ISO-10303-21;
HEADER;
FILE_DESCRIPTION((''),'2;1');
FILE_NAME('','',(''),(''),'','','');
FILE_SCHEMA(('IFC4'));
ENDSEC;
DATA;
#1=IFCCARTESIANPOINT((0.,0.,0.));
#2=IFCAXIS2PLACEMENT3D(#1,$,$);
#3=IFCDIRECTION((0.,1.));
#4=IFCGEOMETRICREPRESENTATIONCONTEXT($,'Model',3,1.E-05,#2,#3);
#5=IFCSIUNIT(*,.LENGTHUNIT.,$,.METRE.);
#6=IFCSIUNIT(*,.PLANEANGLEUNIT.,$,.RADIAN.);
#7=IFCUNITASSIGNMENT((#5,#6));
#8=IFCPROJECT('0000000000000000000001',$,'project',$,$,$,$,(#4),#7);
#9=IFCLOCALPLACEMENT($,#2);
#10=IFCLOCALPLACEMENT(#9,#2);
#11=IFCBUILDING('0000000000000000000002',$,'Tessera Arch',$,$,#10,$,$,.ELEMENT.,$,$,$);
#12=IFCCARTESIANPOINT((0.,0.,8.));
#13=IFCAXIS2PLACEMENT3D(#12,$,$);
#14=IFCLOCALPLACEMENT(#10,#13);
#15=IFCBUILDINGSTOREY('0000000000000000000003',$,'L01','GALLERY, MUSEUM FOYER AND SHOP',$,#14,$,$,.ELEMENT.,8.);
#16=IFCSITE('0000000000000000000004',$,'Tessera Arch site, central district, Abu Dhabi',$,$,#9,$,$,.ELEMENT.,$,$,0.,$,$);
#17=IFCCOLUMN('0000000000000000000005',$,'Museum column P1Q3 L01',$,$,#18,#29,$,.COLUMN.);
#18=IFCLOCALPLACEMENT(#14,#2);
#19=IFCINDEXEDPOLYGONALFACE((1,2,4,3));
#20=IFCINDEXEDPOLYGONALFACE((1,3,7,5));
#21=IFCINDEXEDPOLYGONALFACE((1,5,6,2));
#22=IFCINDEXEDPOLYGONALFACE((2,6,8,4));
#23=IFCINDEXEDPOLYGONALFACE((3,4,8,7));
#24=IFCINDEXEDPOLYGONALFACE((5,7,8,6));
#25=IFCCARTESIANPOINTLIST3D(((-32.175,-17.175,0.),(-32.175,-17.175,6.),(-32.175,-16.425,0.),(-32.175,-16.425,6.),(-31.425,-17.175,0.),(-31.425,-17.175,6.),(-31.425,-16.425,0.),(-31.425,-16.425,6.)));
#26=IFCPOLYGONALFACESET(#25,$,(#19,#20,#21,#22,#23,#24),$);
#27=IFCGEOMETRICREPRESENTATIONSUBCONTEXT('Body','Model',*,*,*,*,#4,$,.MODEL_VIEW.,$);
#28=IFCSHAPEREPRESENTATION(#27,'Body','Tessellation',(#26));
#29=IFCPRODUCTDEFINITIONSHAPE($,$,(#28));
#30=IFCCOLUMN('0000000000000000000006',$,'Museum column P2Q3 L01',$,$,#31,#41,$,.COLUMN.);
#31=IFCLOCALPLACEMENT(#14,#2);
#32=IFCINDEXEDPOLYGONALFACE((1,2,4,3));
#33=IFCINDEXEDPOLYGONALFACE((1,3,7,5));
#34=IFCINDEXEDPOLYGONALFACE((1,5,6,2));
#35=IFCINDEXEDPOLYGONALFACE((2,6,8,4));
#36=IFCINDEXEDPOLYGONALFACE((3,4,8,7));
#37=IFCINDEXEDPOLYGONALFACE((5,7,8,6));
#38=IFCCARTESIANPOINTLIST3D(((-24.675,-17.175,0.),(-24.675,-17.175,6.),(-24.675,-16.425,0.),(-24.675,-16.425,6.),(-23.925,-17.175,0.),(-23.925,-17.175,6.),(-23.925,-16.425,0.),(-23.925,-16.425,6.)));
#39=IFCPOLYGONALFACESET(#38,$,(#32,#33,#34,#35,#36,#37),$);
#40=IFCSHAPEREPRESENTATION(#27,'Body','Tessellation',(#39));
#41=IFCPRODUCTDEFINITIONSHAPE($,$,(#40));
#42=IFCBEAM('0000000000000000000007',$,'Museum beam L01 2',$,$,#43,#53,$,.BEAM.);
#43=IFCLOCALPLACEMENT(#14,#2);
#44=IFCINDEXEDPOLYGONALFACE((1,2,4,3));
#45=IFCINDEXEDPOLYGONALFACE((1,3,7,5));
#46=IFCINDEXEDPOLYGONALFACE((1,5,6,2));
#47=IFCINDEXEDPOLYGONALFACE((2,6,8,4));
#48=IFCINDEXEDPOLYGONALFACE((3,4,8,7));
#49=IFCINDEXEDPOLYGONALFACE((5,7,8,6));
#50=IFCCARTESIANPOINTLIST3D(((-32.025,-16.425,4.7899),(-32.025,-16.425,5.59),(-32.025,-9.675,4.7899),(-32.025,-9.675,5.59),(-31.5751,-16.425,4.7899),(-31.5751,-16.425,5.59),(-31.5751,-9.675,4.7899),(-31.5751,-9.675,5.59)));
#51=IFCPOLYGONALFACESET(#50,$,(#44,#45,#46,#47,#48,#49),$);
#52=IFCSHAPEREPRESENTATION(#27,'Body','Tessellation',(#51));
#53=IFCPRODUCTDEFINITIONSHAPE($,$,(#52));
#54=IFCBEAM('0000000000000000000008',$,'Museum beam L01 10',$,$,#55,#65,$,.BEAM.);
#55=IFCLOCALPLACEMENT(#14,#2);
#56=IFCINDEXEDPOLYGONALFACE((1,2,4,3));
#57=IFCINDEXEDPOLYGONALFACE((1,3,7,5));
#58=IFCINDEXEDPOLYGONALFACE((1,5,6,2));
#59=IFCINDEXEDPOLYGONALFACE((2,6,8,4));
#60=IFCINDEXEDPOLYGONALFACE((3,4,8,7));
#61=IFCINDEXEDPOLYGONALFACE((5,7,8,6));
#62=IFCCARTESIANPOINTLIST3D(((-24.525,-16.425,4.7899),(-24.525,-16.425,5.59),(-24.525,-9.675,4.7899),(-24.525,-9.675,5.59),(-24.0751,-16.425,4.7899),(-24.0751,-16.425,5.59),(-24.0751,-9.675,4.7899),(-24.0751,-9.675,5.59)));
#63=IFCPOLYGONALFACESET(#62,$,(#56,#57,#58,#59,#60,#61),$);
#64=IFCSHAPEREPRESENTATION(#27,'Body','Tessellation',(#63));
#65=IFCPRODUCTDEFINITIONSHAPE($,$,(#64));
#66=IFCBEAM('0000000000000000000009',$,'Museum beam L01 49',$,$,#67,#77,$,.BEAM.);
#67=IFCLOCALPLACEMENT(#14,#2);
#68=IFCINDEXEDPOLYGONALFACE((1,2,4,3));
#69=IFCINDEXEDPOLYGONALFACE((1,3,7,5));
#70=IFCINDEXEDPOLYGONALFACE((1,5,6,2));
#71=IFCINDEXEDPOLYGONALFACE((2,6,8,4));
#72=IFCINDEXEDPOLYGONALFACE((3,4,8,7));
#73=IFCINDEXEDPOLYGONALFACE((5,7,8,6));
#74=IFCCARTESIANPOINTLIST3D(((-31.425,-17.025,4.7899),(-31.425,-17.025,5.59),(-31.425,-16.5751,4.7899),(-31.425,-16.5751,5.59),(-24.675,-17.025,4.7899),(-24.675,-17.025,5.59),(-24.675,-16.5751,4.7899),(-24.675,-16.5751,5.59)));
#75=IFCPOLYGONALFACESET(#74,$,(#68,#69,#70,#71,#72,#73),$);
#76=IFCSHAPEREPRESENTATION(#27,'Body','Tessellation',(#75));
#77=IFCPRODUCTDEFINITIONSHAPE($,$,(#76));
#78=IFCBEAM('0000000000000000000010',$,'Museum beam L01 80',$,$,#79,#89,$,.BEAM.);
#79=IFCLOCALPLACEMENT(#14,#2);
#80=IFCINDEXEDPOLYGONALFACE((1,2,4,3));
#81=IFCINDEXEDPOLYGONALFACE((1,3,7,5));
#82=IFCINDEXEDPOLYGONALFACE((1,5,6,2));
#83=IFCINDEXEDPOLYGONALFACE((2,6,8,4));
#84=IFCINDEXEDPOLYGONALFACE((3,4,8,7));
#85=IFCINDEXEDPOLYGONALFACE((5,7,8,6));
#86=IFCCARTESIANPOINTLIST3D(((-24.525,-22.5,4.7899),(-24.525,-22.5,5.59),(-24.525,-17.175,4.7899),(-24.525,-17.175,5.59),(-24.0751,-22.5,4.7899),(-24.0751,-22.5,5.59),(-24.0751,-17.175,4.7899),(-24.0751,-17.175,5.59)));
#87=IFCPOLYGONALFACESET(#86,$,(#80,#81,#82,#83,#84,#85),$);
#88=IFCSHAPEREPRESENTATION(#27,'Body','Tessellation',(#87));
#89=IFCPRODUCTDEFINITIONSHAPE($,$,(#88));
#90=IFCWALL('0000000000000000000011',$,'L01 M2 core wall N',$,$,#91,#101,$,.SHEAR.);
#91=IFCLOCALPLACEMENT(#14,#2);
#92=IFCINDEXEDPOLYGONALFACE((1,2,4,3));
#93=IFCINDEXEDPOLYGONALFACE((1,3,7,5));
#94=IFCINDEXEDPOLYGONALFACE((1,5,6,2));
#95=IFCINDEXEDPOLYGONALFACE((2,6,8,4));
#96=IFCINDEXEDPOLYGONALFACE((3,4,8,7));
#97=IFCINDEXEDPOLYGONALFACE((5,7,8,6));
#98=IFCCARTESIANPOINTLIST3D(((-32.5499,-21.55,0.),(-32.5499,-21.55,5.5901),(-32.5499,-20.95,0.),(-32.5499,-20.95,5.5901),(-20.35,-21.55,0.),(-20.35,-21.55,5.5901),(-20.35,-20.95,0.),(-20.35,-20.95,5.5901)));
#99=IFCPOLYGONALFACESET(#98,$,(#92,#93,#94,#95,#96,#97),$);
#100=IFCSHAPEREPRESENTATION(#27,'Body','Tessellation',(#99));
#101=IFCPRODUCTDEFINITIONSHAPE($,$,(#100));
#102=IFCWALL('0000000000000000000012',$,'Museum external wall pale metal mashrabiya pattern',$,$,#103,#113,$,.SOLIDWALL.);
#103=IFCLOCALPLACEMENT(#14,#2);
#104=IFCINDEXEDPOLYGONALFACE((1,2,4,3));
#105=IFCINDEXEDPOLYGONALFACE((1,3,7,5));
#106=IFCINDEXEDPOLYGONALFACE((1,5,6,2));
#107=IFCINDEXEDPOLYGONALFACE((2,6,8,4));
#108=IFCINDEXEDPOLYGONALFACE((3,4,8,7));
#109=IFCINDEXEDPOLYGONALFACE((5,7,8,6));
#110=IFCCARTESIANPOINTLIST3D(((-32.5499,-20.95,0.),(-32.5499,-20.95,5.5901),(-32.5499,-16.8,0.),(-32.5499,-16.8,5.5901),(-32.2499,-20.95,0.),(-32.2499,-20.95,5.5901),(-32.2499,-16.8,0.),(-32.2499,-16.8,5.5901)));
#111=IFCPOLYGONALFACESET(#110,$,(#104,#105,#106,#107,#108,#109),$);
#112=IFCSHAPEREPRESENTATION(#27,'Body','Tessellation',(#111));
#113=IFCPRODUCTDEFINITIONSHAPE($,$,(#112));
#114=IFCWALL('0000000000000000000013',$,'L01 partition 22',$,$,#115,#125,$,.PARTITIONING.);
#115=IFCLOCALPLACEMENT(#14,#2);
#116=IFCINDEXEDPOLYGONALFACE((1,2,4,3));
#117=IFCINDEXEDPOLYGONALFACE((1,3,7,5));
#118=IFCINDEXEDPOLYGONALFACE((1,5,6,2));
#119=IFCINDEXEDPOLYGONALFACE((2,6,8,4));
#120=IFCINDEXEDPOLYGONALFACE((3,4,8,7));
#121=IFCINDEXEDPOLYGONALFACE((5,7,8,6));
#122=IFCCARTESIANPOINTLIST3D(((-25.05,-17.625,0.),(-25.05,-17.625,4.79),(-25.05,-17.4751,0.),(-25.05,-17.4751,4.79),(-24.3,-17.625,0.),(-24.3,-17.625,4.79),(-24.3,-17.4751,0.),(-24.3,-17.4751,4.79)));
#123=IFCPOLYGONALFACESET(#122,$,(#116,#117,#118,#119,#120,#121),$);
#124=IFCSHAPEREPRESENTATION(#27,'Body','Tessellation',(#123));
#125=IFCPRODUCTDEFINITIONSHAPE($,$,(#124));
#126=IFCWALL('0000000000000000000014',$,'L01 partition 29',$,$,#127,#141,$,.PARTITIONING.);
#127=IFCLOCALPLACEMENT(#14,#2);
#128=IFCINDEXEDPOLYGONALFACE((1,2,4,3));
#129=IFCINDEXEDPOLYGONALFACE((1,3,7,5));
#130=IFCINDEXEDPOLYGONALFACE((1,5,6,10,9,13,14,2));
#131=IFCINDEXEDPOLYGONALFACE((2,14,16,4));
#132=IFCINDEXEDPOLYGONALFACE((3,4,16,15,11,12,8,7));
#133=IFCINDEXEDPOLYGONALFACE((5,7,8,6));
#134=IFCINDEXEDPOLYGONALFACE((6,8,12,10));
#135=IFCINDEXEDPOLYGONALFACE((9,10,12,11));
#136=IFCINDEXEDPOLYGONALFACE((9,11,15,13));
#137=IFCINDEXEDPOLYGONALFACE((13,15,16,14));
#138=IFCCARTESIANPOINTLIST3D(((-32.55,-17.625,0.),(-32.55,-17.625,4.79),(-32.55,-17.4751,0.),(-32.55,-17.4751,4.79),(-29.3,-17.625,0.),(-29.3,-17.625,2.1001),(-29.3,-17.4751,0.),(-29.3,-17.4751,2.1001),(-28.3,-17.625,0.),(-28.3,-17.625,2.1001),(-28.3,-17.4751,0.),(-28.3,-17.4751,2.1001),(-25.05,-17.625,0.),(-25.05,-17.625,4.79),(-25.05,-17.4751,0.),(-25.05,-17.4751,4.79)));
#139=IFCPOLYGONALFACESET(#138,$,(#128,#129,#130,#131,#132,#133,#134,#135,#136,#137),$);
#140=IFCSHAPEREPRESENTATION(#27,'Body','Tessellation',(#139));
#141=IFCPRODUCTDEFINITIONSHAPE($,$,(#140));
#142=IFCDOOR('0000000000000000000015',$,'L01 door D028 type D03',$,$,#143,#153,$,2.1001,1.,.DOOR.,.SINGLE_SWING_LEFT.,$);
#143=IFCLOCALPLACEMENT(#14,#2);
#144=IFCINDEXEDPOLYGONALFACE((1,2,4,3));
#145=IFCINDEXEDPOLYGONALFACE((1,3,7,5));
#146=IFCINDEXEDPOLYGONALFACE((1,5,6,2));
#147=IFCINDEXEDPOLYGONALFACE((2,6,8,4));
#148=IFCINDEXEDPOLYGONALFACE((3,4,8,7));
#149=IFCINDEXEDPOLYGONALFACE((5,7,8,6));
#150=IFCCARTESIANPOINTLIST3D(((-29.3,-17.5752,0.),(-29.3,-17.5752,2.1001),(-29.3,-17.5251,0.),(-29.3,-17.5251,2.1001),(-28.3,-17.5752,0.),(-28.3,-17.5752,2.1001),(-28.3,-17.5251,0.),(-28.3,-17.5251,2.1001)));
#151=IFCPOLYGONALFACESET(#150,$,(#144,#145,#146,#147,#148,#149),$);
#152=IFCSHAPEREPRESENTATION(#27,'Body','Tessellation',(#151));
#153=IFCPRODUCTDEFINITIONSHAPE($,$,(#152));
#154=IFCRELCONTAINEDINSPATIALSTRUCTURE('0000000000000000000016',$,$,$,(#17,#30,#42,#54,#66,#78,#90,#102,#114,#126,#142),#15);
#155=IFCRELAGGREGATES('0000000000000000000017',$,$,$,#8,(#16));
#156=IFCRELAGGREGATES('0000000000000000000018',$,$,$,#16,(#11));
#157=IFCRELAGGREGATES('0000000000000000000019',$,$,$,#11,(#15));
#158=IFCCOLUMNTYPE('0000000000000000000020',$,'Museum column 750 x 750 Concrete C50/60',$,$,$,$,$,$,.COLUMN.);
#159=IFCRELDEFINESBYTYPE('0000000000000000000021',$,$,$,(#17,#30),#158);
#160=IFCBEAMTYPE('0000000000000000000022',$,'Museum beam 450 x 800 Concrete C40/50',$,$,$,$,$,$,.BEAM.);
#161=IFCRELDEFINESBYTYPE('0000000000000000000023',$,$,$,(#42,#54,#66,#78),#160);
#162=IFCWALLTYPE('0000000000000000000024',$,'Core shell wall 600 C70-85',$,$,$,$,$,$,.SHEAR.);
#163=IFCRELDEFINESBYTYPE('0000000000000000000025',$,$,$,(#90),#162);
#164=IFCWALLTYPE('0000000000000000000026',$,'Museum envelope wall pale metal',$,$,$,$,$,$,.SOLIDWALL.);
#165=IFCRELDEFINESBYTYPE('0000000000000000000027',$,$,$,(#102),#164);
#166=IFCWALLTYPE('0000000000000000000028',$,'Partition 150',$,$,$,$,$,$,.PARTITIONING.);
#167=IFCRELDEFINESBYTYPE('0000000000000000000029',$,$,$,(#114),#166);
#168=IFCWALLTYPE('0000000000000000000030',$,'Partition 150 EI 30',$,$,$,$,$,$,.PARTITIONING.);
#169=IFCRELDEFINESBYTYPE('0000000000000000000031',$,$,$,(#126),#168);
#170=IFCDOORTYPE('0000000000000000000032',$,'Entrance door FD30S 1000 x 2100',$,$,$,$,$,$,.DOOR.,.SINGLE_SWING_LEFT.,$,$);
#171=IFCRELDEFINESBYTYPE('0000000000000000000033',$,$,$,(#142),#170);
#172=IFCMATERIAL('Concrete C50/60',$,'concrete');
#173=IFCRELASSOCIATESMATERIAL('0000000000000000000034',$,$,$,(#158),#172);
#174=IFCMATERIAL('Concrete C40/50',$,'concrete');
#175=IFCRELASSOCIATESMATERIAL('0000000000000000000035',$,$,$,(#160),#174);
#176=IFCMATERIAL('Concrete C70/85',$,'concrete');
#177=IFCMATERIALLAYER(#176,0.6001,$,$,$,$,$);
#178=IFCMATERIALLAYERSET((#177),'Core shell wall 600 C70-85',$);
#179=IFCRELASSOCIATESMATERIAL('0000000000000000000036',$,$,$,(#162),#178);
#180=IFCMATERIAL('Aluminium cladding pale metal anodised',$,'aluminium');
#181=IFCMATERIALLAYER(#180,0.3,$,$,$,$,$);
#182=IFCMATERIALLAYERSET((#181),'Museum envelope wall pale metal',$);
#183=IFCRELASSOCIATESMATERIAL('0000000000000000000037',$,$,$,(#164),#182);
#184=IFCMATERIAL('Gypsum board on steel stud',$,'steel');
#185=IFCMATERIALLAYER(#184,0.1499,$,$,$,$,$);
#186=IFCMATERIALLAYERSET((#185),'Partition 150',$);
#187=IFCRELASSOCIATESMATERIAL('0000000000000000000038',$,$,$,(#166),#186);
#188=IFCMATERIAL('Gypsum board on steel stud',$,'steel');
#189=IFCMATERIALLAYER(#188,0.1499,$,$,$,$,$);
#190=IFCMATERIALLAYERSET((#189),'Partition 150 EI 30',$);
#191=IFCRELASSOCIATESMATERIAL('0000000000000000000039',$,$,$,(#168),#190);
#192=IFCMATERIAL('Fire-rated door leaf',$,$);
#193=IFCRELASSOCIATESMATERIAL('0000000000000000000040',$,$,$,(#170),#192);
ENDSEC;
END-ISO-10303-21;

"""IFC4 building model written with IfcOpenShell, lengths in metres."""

from ifc_helpers import new_model, si_unit, direction, frame, frame_2d, origin, origin_2d, place, context, subcontext, project, spatial, rectangle, extrude, material, layer, layer_set, material_profile, profile_set, type_object, element, fill, save


model = new_model("IFC4")

# Units and contexts
model_context = context("Model", 3, precision=1e-05, world=origin(), true_north=direction((0.0, 1.0)))
body_context = subcontext(model_context, "Body", "Model", "MODEL_VIEW")
ifc_project = project(units=[si_unit("LENGTHUNIT", "METRE"), si_unit("PLANEANGLEUNIT", "RADIAN")], contexts=[model_context])

# Site, building, storey
site_placement = place(None, origin())
site = spatial("IfcSite", under=ifc_project, at=site_placement, Name="Tessera Arch site, central district, Abu Dhabi", CompositionType="ELEMENT", RefElevation=0.0)
building_placement = place(site_placement, origin())
building = spatial("IfcBuilding", under=site, at=building_placement, Name="Tessera Arch", CompositionType="ELEMENT")
storey_placement = place(building_placement, frame((0.0, 0.0, 8.0)))
storey = spatial("IfcBuildingStorey", under=building, at=storey_placement, Name="L01", Description="GALLERY, MUSEUM FOYER AND SHOP", CompositionType="ELEMENT", Elevation=8.0)

# Columns
ifc_material_1 = material(Name="Concrete C50/60", Category="concrete")
ifc_material_profile_1 = material_profile(ifc_material_1, rectangle(XDim=0.75, YDim=0.75, at=origin_2d()), Name="Museum column 750 x 750 Concrete C50/60")
ifc_profile_set_1 = profile_set([ifc_material_profile_1], Name="Concrete C50/60")
column_type = type_object("IfcColumnType", Name="Museum column 750 x 750 Concrete C50/60", PredefinedType="COLUMN", material=ifc_profile_set_1)
for number, where, z_axis, x_axis, name in (
    (1, (-31.8, -16.8, 0.0), (0.0, 0.0, 1.0), (1.0, 0.0, 0.0), "Museum column P1Q3 L01"),
    (2, (-24.3, -16.8, 0.0), (0.0, 0.0, 1.0), (1.0, 0.0, 0.0), "Museum column P2Q3 L01"),
):
    element("IfcColumn", number, at=place(storey_placement, frame(where, z_axis=z_axis, x_axis=x_axis)), inside=storey, type_object=column_type, Name=name, PredefinedType="COLUMN", context=body_context, shape_type="SweptSolid", body=[
        extrude(rectangle(XDim=0.75, YDim=0.75, at=origin_2d()), origin(), (0.0, 0.0, 1.0), 6.0),
    ])

# Beams
ifc_material_2 = material(Name="Concrete C40/50", Category="concrete")
ifc_material_profile_2 = material_profile(ifc_material_2, rectangle(XDim=0.45, YDim=0.8, at=origin_2d()), Name="Museum beam 450 x 800 Concrete C40/50")
ifc_profile_set_2 = profile_set([ifc_material_profile_2], Name="Concrete C40/50")
beam_type = type_object("IfcBeamType", Name="Museum beam 450 x 800 Concrete C40/50", PredefinedType="BEAM", material=ifc_profile_set_2)
for number, where, z_axis, x_axis, name in (
    (3, (-31.8, -16.425, 5.1899), (0.0, 1.0, 0.0), (-1.0, 0.0, 0.0), "Museum beam L01 2"),
    (4, (-24.3, -16.425, 5.1899), (0.0, 1.0, 0.0), (-1.0, 0.0, 0.0), "Museum beam L01 10"),
    (5, (-31.425, -16.8, 5.1899), (1.0, 0.0, 0.0), (0.0, 1.0, 0.0), "Museum beam L01 49"),
):
    element("IfcBeam", number, at=place(storey_placement, frame(where, z_axis=z_axis, x_axis=x_axis)), inside=storey, type_object=beam_type, Name=name, PredefinedType="BEAM", context=body_context, shape_type="SweptSolid", body=[
        extrude(rectangle(XDim=0.45, YDim=0.8, at=origin_2d()), origin(), (0.0, 0.0, 1.0), 6.75),
    ])
beam_placement = place(storey_placement, frame((-24.3, -17.175, 5.1899), z_axis=(0.0, -1.0, 0.0), x_axis=(1.0, 0.0, 0.0)))
element("IfcBeam", 6, at=beam_placement, inside=storey, type_object=beam_type, Name="Museum beam L01 80", PredefinedType="BEAM", context=body_context, shape_type="SweptSolid", body=[
    extrude(rectangle(XDim=0.45, YDim=0.8, at=origin_2d()), origin(), (0.0, 0.0, 1.0), 5.325),
])

# Walls
ifc_material_3 = material(Name="Concrete C70/85", Category="concrete")
ifc_layer_1 = layer(ifc_material_3, 0.6001)
ifc_layer_set_1 = layer_set([ifc_layer_1], Name="Core shell wall 600 C70-85")
wall_type_1 = type_object("IfcWallType", Name="Core shell wall 600 C70-85", PredefinedType="SHEAR", material=ifc_layer_set_1)
wall_1_placement = place(storey_placement, frame((-32.55, -21.25, 0.0), z_axis=(0.0, 0.0, 1.0), x_axis=(1.0, 0.0, 0.0)))
element("IfcWall", 7, at=wall_1_placement, inside=storey, type_object=wall_type_1, Name="L01 M2 core wall N", PredefinedType="SHEAR", context=body_context, shape_type="SweptSolid", body=[
    extrude(rectangle(XDim=12.2, YDim=0.6001, at=frame_2d((6.1001, 0.0))), origin(), (0.0, 0.0, 1.0), 5.5901),
])
ifc_material_4 = material(Name="Aluminium cladding pale metal anodised", Category="aluminium")
ifc_layer_2 = layer(ifc_material_4, 0.3)
ifc_layer_set_2 = layer_set([ifc_layer_2], Name="Museum envelope wall pale metal")
wall_type_2 = type_object("IfcWallType", Name="Museum envelope wall pale metal", PredefinedType="SOLIDWALL", material=ifc_layer_set_2)
wall_2_placement = place(storey_placement, frame((-32.3999, -16.8, 0.0), z_axis=(0.0, 0.0, 1.0), x_axis=(0.0, -1.0, 0.0)))
element("IfcWall", 8, at=wall_2_placement, inside=storey, type_object=wall_type_2, Name="Museum external wall pale metal mashrabiya pattern", PredefinedType="SOLIDWALL", context=body_context, shape_type="SweptSolid", body=[
    extrude(rectangle(XDim=4.1499, YDim=0.3, at=frame_2d((2.075, 0.0))), origin(), (0.0, 0.0, 1.0), 5.5901),
])
ifc_material_5 = material(Name="Gypsum board on steel stud", Category="steel")
ifc_layer_3 = layer(ifc_material_5, 0.1499)
ifc_layer_set_3 = layer_set([ifc_layer_3], Name="Partition 150")
wall_type_3 = type_object("IfcWallType", Name="Partition 150", PredefinedType="PARTITIONING", material=ifc_layer_set_3)
wall_3_placement = place(storey_placement, frame((-25.05, -17.55, 0.0), z_axis=(0.0, 0.0, 1.0), x_axis=(1.0, 0.0, 0.0)))
element("IfcWall", 9, at=wall_3_placement, inside=storey, type_object=wall_type_3, Name="L01 partition 22", PredefinedType="PARTITIONING", context=body_context, shape_type="SweptSolid", body=[
    extrude(rectangle(XDim=0.75, YDim=0.1499, at=frame_2d((0.375, 0.0))), origin(), (0.0, 0.0, 1.0), 4.79),
])

# Wall, opening, door
ifc_material_6 = material(Name="Gypsum board on steel stud", Category="steel")
ifc_layer_4 = layer(ifc_material_6, 0.1499)
ifc_layer_set_4 = layer_set([ifc_layer_4], Name="Partition 150 EI 30")
wall_type_4 = type_object("IfcWallType", Name="Partition 150 EI 30", PredefinedType="PARTITIONING", material=ifc_layer_set_4)
wall_4_placement = place(storey_placement, frame((-32.55, -17.55, 0.0), z_axis=(0.0, 0.0, 1.0), x_axis=(1.0, 0.0, 0.0)))
wall_4 = element("IfcWall", 10, at=wall_4_placement, inside=storey, type_object=wall_type_4, Name="L01 partition 29", PredefinedType="PARTITIONING", context=body_context, shape_type="SweptSolid", body=[
    extrude(rectangle(XDim=7.5, YDim=0.1499, at=frame_2d((3.75, 0.0))), origin(), (0.0, 0.0, 1.0), 4.79),
])
opening_1_placement = place(wall_4_placement, frame((3.25, 0.0, 0.0)))
opening_1 = element("IfcOpeningElement", 11, at=opening_1_placement, cuts=wall_4, PredefinedType="OPENING", context=body_context, shape_type="SweptSolid", body=[
    extrude(rectangle(XDim=1.0, YDim=2.1001, at=frame_2d((0.5, 1.05))), frame((0.0, 0.085, 0.0), z_axis=(0.0, -1.0, 0.0), x_axis=(1.0, 0.0, 0.0)), (0.0, 0.0, 1.0), 0.1699),
])
ifc_material_7 = material(Name="Fire-rated door leaf")
door_type = type_object("IfcDoorType", Name="Entrance door FD30S 1000 x 2100", OperationType="SINGLE_SWING_LEFT", PredefinedType="DOOR", material=ifc_material_7)
door_1_placement = place(opening_1_placement, origin())
door_1 = element("IfcDoor", 12, at=door_1_placement, inside=storey, type_object=door_type, Name="L01 door D028 type D03", OperationType="SINGLE_SWING_LEFT", OverallHeight=2.1001, OverallWidth=1.0, PredefinedType="DOOR", context=body_context, shape_type="SweptSolid", body=[
    extrude(rectangle(XDim=1.0, YDim=2.1001, at=frame_2d((0.5, 1.05))), frame((0.0, 0.0249, 0.0), z_axis=(0.0, -1.0, 0.0), x_axis=(1.0, 0.0, 0.0)), (0.0, 0.0, 1.0), 0.05),
])
fill(opening_1, door_1)

save(model, "model.ifc")
